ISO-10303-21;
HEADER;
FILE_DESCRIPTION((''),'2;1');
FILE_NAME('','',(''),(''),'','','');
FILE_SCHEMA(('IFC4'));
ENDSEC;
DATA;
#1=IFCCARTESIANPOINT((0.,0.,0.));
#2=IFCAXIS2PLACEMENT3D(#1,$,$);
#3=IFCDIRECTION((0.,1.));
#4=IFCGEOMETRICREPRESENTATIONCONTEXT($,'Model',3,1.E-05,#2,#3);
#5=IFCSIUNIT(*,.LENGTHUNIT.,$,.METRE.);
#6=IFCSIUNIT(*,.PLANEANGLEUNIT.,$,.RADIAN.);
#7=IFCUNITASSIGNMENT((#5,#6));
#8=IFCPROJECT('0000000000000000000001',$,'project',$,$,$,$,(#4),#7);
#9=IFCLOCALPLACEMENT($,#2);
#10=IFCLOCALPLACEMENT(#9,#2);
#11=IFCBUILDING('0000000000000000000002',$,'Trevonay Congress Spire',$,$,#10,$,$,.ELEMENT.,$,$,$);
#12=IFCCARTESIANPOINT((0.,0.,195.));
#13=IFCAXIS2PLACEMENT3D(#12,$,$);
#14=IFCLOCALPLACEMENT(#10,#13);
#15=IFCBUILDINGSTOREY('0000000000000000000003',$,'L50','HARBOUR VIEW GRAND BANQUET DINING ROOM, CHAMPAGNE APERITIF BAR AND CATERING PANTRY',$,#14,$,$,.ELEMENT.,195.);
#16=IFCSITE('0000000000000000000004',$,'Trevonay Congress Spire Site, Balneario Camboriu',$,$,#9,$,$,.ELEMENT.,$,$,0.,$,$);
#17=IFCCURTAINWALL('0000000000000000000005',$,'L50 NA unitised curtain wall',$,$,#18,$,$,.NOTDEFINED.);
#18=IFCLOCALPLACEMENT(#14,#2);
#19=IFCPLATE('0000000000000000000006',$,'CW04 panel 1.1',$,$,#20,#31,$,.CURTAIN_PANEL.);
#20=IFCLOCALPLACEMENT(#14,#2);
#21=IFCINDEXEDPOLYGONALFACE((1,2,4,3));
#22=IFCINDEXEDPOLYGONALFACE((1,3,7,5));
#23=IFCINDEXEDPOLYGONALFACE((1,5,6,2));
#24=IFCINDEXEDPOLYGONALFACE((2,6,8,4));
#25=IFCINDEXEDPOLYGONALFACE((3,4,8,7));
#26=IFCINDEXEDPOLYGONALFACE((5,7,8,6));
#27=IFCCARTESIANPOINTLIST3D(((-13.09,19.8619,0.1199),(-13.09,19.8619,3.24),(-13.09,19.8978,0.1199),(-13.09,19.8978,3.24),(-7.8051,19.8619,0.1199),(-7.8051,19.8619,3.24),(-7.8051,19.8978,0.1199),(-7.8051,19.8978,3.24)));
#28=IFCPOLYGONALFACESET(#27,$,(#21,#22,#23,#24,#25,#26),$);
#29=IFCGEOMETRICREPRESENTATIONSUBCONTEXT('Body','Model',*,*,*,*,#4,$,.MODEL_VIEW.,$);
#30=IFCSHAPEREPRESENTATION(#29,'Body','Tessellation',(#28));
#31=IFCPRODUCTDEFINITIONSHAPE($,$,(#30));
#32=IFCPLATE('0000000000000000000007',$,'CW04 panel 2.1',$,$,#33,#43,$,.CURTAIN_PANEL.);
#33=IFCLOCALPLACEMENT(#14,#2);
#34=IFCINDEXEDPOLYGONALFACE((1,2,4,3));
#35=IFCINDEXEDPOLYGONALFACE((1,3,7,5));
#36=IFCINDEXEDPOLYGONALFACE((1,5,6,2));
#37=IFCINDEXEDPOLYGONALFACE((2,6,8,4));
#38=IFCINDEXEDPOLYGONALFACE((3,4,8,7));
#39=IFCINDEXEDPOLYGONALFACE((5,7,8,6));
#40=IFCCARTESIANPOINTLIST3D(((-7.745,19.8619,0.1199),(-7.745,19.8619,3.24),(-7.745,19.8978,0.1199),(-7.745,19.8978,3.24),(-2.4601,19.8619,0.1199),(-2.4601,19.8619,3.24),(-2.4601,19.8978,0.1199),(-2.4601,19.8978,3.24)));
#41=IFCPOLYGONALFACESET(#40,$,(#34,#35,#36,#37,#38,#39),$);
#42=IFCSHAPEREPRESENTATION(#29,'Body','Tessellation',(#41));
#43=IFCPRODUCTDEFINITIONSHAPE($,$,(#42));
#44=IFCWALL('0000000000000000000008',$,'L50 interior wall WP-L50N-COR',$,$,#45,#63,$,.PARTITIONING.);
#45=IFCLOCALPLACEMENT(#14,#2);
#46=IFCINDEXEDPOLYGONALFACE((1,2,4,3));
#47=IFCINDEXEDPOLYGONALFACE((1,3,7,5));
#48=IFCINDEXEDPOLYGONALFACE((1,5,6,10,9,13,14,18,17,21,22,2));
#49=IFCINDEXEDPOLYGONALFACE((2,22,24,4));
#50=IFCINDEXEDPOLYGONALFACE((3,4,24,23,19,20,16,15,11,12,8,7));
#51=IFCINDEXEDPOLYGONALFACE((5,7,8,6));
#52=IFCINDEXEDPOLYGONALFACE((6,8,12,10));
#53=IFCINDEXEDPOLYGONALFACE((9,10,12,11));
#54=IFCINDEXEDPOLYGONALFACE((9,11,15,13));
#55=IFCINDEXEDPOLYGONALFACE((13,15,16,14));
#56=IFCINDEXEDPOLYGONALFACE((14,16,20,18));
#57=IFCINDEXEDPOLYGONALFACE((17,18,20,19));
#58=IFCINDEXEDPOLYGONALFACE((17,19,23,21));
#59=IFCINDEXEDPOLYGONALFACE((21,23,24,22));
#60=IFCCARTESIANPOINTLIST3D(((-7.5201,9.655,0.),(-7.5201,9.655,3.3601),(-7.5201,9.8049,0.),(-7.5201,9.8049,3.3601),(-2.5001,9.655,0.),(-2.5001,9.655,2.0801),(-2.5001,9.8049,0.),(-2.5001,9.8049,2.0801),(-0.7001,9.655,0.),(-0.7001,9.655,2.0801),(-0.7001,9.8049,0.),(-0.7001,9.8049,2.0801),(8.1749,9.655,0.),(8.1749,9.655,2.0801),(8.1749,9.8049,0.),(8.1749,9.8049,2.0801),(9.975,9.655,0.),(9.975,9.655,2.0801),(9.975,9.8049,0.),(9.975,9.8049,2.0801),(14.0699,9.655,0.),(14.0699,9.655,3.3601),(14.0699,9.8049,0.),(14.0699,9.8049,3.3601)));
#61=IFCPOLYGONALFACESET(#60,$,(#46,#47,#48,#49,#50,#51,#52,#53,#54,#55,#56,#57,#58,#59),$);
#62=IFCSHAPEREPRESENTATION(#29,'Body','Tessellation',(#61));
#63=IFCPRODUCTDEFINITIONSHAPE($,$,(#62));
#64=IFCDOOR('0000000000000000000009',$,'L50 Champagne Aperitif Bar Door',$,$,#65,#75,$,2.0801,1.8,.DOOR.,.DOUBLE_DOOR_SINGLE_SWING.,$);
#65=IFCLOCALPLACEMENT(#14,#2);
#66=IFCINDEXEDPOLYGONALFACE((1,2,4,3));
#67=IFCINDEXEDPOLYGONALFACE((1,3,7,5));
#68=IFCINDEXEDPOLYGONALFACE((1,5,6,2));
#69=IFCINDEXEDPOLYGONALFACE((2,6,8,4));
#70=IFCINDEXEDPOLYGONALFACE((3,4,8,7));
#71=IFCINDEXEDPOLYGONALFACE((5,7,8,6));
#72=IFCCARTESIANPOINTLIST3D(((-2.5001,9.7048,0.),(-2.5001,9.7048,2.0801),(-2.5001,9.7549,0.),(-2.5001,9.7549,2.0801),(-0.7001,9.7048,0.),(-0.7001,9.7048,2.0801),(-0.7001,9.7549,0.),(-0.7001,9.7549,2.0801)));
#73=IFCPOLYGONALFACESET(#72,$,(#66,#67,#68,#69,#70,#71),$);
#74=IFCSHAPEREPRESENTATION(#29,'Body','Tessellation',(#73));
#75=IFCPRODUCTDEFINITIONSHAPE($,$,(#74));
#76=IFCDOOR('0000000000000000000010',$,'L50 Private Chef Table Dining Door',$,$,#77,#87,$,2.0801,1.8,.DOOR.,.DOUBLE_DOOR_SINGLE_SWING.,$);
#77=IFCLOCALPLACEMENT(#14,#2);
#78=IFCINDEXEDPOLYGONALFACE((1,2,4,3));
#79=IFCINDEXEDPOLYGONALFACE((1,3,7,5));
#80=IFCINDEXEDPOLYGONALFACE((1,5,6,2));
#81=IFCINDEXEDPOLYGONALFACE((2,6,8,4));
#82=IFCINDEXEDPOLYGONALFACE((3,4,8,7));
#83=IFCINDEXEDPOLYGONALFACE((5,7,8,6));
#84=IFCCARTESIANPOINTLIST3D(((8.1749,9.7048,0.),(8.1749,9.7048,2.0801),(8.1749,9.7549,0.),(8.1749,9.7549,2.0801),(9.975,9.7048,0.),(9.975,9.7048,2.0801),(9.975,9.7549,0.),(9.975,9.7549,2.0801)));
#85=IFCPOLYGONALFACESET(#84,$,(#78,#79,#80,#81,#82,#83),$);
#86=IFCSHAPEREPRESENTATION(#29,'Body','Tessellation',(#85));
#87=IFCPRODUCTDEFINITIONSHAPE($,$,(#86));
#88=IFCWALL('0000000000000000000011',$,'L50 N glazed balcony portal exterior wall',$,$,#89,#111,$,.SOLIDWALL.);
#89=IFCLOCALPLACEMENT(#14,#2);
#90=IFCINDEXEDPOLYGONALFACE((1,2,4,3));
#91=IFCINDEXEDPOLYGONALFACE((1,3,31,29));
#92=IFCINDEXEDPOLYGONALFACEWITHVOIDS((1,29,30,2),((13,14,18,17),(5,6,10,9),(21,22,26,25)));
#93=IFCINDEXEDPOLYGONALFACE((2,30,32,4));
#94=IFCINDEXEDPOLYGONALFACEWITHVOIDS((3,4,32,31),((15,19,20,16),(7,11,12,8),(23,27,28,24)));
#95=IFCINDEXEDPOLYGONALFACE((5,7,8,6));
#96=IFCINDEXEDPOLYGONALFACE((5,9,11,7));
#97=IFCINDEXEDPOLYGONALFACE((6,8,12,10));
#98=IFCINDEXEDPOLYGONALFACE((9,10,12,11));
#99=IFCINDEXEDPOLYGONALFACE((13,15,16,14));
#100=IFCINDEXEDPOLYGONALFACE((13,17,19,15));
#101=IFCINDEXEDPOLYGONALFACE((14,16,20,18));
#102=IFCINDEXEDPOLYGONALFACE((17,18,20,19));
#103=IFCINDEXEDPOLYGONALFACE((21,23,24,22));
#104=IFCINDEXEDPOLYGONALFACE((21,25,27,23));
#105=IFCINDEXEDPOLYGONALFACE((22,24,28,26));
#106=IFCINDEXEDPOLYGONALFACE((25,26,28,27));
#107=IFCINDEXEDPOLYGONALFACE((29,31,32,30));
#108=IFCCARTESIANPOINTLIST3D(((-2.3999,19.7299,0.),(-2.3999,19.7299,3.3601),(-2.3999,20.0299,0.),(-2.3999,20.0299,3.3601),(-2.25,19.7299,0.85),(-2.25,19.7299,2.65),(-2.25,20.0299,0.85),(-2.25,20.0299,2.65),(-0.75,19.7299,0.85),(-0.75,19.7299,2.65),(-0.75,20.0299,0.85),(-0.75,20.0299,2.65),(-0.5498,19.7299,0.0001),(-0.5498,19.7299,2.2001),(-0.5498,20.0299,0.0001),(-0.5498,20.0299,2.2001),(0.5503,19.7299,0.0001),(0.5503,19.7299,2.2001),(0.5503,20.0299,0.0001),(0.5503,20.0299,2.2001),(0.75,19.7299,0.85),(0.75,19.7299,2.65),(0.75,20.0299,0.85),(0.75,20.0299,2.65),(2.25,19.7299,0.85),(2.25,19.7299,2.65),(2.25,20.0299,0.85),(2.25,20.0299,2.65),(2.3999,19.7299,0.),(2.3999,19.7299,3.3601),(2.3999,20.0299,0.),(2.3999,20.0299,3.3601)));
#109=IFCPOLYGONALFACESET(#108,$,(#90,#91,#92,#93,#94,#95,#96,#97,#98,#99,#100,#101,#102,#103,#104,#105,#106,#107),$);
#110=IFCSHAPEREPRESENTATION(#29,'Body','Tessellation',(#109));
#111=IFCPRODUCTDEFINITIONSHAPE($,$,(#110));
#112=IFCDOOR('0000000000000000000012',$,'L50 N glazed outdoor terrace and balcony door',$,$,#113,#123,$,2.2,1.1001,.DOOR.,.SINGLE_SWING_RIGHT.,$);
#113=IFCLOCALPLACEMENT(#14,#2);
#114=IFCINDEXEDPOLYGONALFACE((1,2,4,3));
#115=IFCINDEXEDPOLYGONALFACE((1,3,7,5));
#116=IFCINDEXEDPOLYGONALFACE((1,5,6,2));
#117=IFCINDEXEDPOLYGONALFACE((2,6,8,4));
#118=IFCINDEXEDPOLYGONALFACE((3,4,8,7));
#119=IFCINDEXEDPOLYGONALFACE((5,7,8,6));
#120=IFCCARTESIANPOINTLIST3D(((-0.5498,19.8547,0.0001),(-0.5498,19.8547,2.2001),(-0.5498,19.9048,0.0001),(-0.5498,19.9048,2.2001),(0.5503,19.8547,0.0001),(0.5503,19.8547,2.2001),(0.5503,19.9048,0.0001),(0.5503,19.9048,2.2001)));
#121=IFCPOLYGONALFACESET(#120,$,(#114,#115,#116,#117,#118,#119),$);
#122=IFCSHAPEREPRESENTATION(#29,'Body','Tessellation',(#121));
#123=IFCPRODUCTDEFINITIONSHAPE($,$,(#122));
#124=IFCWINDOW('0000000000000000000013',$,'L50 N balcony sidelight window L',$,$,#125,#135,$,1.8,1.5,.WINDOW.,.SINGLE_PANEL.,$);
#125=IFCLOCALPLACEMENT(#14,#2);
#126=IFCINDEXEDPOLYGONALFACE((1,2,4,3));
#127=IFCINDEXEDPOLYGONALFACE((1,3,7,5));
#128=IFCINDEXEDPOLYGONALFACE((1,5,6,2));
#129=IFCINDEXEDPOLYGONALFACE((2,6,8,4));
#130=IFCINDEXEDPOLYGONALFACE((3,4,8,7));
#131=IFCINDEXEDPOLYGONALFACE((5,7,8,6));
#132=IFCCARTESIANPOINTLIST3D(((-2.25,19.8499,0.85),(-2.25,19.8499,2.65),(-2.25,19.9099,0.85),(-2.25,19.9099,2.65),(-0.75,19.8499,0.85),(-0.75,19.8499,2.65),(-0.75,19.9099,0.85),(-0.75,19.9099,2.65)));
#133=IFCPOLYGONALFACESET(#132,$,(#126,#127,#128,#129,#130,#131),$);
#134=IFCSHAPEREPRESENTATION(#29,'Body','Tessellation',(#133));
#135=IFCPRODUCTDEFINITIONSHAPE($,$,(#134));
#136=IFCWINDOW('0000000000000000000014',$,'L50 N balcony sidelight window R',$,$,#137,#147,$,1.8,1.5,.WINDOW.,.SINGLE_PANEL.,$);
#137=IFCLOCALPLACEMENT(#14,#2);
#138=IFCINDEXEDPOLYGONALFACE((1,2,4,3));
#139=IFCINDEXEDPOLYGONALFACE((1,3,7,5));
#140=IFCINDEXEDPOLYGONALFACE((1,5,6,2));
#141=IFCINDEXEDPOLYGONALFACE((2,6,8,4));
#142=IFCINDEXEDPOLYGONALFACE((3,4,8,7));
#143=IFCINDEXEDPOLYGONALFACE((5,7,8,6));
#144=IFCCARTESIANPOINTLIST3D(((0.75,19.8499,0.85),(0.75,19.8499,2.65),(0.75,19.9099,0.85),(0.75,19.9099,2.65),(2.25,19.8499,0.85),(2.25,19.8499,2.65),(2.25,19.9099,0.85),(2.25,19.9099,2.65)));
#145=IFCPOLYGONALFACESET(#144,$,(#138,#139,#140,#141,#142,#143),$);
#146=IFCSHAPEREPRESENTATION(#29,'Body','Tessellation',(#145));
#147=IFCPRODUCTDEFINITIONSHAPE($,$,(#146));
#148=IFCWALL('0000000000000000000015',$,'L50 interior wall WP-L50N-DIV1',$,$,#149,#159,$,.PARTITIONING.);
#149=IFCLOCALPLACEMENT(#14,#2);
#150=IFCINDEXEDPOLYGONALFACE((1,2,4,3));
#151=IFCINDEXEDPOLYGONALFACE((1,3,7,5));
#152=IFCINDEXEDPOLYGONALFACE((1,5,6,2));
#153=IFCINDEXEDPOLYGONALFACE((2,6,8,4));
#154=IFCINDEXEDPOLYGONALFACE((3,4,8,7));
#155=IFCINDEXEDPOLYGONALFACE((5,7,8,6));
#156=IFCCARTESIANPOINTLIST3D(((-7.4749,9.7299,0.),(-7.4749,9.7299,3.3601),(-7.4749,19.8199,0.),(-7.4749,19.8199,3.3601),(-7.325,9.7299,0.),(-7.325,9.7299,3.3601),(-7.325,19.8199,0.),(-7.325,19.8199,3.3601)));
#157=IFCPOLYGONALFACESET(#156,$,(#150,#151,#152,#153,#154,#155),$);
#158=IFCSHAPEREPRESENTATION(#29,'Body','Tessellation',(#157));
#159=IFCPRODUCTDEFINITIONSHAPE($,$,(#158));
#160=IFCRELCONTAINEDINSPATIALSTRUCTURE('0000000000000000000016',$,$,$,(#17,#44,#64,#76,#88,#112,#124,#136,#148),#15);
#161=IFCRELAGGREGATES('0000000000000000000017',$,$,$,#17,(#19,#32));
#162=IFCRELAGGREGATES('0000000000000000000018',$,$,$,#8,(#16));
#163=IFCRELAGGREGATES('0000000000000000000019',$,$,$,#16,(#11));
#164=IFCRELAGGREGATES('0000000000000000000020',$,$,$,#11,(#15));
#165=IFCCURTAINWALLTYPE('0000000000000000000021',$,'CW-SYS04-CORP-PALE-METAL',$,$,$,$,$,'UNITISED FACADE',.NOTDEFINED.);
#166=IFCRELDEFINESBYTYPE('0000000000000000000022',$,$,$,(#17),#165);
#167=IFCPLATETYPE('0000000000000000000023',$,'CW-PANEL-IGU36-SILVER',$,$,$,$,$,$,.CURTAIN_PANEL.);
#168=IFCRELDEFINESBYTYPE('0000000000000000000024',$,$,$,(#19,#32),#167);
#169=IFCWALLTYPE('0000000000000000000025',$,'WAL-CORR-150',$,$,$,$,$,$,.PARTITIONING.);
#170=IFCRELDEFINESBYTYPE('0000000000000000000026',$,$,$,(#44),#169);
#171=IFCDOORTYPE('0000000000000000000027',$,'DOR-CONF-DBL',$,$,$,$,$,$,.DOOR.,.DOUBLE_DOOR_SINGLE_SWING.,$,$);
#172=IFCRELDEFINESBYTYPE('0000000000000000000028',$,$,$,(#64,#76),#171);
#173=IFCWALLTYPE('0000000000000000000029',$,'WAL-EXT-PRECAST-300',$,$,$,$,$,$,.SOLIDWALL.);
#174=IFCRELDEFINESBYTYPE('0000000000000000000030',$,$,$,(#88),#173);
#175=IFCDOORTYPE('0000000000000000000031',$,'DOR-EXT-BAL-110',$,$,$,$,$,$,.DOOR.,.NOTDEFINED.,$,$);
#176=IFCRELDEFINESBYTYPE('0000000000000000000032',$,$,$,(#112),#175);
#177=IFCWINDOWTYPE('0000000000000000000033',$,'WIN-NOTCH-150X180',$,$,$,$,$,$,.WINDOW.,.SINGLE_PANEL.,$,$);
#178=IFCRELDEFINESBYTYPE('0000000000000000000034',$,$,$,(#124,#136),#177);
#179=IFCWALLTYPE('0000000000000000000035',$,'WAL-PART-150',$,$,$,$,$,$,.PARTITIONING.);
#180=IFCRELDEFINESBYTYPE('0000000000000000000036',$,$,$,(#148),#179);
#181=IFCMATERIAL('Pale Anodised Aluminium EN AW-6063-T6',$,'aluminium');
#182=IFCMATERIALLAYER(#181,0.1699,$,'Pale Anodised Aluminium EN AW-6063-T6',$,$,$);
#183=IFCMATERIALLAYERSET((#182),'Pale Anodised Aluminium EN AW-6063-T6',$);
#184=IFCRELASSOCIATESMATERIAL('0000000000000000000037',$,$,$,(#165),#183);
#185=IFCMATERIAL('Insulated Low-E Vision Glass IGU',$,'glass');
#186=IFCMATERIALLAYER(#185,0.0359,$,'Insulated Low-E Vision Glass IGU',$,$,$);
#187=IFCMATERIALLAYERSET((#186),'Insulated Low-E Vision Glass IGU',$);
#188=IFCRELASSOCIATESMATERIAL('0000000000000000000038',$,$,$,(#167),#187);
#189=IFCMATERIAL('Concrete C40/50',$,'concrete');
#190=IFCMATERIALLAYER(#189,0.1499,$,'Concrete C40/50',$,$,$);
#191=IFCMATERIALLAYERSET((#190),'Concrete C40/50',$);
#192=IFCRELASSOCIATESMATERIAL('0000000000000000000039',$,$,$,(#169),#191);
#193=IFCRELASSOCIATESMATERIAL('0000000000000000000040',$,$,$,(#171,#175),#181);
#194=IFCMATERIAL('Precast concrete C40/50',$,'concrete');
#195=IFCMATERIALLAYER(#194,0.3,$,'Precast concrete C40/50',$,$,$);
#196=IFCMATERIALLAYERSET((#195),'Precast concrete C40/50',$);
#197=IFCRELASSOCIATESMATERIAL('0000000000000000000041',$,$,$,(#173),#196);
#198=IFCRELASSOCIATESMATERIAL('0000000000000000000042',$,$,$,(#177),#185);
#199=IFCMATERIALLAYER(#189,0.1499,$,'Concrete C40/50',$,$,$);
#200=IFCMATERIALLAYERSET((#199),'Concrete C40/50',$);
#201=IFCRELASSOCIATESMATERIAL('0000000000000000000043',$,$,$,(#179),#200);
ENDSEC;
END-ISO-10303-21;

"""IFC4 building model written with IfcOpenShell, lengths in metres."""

from ifc_helpers import new_model, si_unit, direction, frame, frame_2d, origin, origin_2d, place, context, subcontext, project, spatial, rectangle, extrude, material, layer, layer_set, type_object, element, fill, aggregate, save


model = new_model("IFC4")

# Units and contexts
model_context = context("Model", 3, precision=1e-05, world=origin(), true_north=direction((0.0, 1.0)))
body_context = subcontext(model_context, "Body", "Model", "MODEL_VIEW")
ifc_project = project(units=[si_unit("LENGTHUNIT", "METRE"), si_unit("PLANEANGLEUNIT", "RADIAN")], contexts=[model_context])

# Site, building, storey
site_placement = place(None, origin())
site = spatial("IfcSite", under=ifc_project, at=site_placement, Name="Trevonay Congress Spire Site, Balneario Camboriu", CompositionType="ELEMENT", RefElevation=0.0)
building_placement = place(site_placement, origin())
building = spatial("IfcBuilding", under=site, at=building_placement, Name="Trevonay Congress Spire", CompositionType="ELEMENT")
storey_placement = place(building_placement, frame((0.0, 0.0, 195.0)))
storey = spatial("IfcBuildingStorey", under=building, at=storey_placement, Name="L50", Description="HARBOUR VIEW GRAND BANQUET DINING ROOM, CHAMPAGNE APERITIF BAR AND CATERING PANTRY", CompositionType="ELEMENT", Elevation=195.0)

# Curtain wall, plates
ifc_material_1 = material(Name="Pale Anodised Aluminium EN AW-6063-T6", Category="aluminium")
ifc_layer_1 = layer(ifc_material_1, 0.1699, Name="Pale Anodised Aluminium EN AW-6063-T6")
ifc_layer_set_1 = layer_set([ifc_layer_1], Name="Pale Anodised Aluminium EN AW-6063-T6")
curtain_wall_type = type_object("IfcCurtainWallType", Name="CW-SYS04-CORP-PALE-METAL", ElementType="UNITISED FACADE", PredefinedType="NOTDEFINED", material=ifc_layer_set_1)
curtain_wall_placement = place(storey_placement, origin())
curtain_wall = element("IfcCurtainWall", 1, at=curtain_wall_placement, inside=storey, type_object=curtain_wall_type, Name="L50 NA unitised curtain wall", PredefinedType="NOTDEFINED")
ifc_material_2 = material(Name="Insulated Low-E Vision Glass IGU", Category="glass")
ifc_layer_2 = layer(ifc_material_2, 0.0359, Name="Insulated Low-E Vision Glass IGU")
ifc_layer_set_2 = layer_set([ifc_layer_2], Name="Insulated Low-E Vision Glass IGU")
plate_type = type_object("IfcPlateType", Name="CW-PANEL-IGU36-SILVER", PredefinedType="CURTAIN_PANEL", material=ifc_layer_set_2)
plate_1_placement = place(storey_placement, frame((-10.4475, 19.8799, 0.1199), z_axis=(0.0, 0.0, 1.0), x_axis=(1.0, 0.0, 0.0)))
plate_1 = element("IfcPlate", 2, at=plate_1_placement, type_object=plate_type, Name="CW04 panel 1.1", PredefinedType="CURTAIN_PANEL", context=body_context, shape_type="SweptSolid", body=[
    extrude(rectangle(XDim=5.2849, YDim=0.0359, at=origin_2d()), origin(), (0.0, 0.0, 1.0), 3.1201),
])
plate_2_placement = place(storey_placement, frame((-5.1025, 19.8799, 0.1199), z_axis=(0.0, 0.0, 1.0), x_axis=(1.0, 0.0, 0.0)))
plate_2 = element("IfcPlate", 3, at=plate_2_placement, type_object=plate_type, Name="CW04 panel 2.1", PredefinedType="CURTAIN_PANEL", context=body_context, shape_type="SweptSolid", body=[
    extrude(rectangle(XDim=5.2849, YDim=0.0359, at=origin_2d()), origin(), (0.0, 0.0, 1.0), 3.1201),
])
aggregate(curtain_wall, [plate_1, plate_2])

# Wall, openings, doors
ifc_material_3 = material(Name="Concrete C40/50", Category="concrete")
ifc_layer_3 = layer(ifc_material_3, 0.1499, Name="Concrete C40/50")
ifc_layer_set_3 = layer_set([ifc_layer_3], Name="Concrete C40/50")
wall_type_1 = type_object("IfcWallType", Name="WAL-CORR-150", PredefinedType="PARTITIONING", material=ifc_layer_set_3)
wall_1_placement = place(storey_placement, frame((-7.52, 9.73, 0.0), z_axis=(0.0, 0.0, 1.0), x_axis=(1.0, 0.0, 0.0)))
wall_1 = element("IfcWall", 4, at=wall_1_placement, inside=storey, type_object=wall_type_1, Name="L50 interior wall WP-L50N-COR", PredefinedType="PARTITIONING", context=body_context, shape_type="SweptSolid", body=[
    extrude(rectangle(XDim=21.5901, YDim=0.1499, at=frame_2d((10.7949, 0.0))), origin(), (0.0, 0.0, 1.0), 3.3601),
])
opening_1_placement = place(wall_1_placement, frame((5.02, 0.0, 0.0)))
opening_1 = element("IfcOpeningElement", 5, at=opening_1_placement, cuts=wall_1, PredefinedType="OPENING", context=body_context, shape_type="SweptSolid", body=[
    extrude(rectangle(XDim=1.8, YDim=2.0801, at=frame_2d((0.8999, 1.04))), frame((0.0, 0.085, 0.0), z_axis=(0.0, -1.0, 0.0), x_axis=(1.0, 0.0, 0.0)), (0.0, 0.0, 1.0), 0.1699),
])
opening_2_placement = place(wall_1_placement, frame((15.6951, 0.0, 0.0)))
opening_2 = element("IfcOpeningElement", 6, at=opening_2_placement, cuts=wall_1, PredefinedType="OPENING", context=body_context, shape_type="SweptSolid", body=[
    extrude(rectangle(XDim=1.8, YDim=2.0801, at=frame_2d((0.8999, 1.04))), frame((0.0, 0.085, 0.0), z_axis=(0.0, -1.0, 0.0), x_axis=(1.0, 0.0, 0.0)), (0.0, 0.0, 1.0), 0.1699),
])
door_type_1 = type_object("IfcDoorType", Name="DOR-CONF-DBL", OperationType="DOUBLE_DOOR_SINGLE_SWING", PredefinedType="DOOR", material=ifc_material_1)
door_1_placement = place(opening_1_placement, origin())
door_1 = element("IfcDoor", 7, at=door_1_placement, inside=storey, type_object=door_type_1, Name="L50 Champagne Aperitif Bar Door", OperationType="DOUBLE_DOOR_SINGLE_SWING", OverallHeight=2.0801, OverallWidth=1.8, PredefinedType="DOOR", context=body_context, shape_type="SweptSolid", body=[
    extrude(rectangle(XDim=1.8, YDim=2.0801, at=frame_2d((0.8999, 1.04))), frame((0.0, 0.0249, 0.0), z_axis=(0.0, -1.0, 0.0), x_axis=(1.0, 0.0, 0.0)), (0.0, 0.0, 1.0), 0.05),
])
fill(opening_1, door_1)
door_2_placement = place(opening_2_placement, origin())
door_2 = element("IfcDoor", 8, at=door_2_placement, inside=storey, type_object=door_type_1, Name="L50 Private Chef Table Dining Door", OperationType="DOUBLE_DOOR_SINGLE_SWING", OverallHeight=2.0801, OverallWidth=1.8, PredefinedType="DOOR", context=body_context, shape_type="SweptSolid", body=[
    extrude(rectangle(XDim=1.8, YDim=2.0801, at=frame_2d((0.8999, 1.04))), frame((0.0, 0.0249, 0.0), z_axis=(0.0, -1.0, 0.0), x_axis=(1.0, 0.0, 0.0)), (0.0, 0.0, 1.0), 0.05),
])
fill(opening_2, door_2)

# Wall, openings, door, windows
ifc_material_4 = material(Name="Precast concrete C40/50", Category="concrete")
ifc_layer_4 = layer(ifc_material_4, 0.3, Name="Precast concrete C40/50")
ifc_layer_set_4 = layer_set([ifc_layer_4], Name="Precast concrete C40/50")
wall_type_2 = type_object("IfcWallType", Name="WAL-EXT-PRECAST-300", PredefinedType="SOLIDWALL", material=ifc_layer_set_4)
wall_2_placement = place(storey_placement, frame((-2.3999, 19.8799, 0.0), z_axis=(0.0, 0.0, 1.0), x_axis=(1.0, 0.0, 0.0)))
wall_2 = element("IfcWall", 9, at=wall_2_placement, inside=storey, type_object=wall_type_2, Name="L50 N glazed balcony portal exterior wall", PredefinedType="SOLIDWALL", context=body_context, shape_type="SweptSolid", body=[
    extrude(rectangle(XDim=4.7998, YDim=0.3, at=frame_2d((2.3999, 0.0))), origin(), (0.0, 0.0, 1.0), 3.3601),
])
opening_3_placement = place(wall_2_placement, frame((1.8501, 0.0, 0.0)))
opening_3 = element("IfcOpeningElement", 10, at=opening_3_placement, cuts=wall_2, PredefinedType="OPENING", context=body_context, shape_type="SweptSolid", body=[
    extrude(rectangle(XDim=1.1001, YDim=2.2, at=frame_2d((0.55, 1.1001))), frame((0.0, 0.1602, 0.0), z_axis=(0.0, -1.0, 0.0), x_axis=(1.0, 0.0, 0.0)), (0.0, 0.0, 1.0), 0.3201),
])
opening_4_placement = place(wall_2_placement, frame((0.1499, 0.0, 0.8501)))
opening_4 = element("IfcOpeningElement", 11, at=opening_4_placement, cuts=wall_2, PredefinedType="OPENING", context=body_context, shape_type="SweptSolid", body=[
    extrude(rectangle(XDim=1.5, YDim=1.8, at=frame_2d((0.75, 0.8999))), frame((0.0, 0.1602, 0.0), z_axis=(0.0, -1.0, 0.0), x_axis=(1.0, 0.0, 0.0)), (0.0, 0.0, 1.0), 0.3201),
])
opening_5_placement = place(wall_2_placement, frame((3.1499, 0.0, 0.8501)))
opening_5 = element("IfcOpeningElement", 12, at=opening_5_placement, cuts=wall_2, PredefinedType="OPENING", context=body_context, shape_type="SweptSolid", body=[
    extrude(rectangle(XDim=1.5, YDim=1.8, at=frame_2d((0.75, 0.8999))), frame((0.0, 0.1602, 0.0), z_axis=(0.0, -1.0, 0.0), x_axis=(1.0, 0.0, 0.0)), (0.0, 0.0, 1.0), 0.3201),
])
door_type_2 = type_object("IfcDoorType", Name="DOR-EXT-BAL-110", OperationType="NOTDEFINED", PredefinedType="DOOR", material=ifc_material_1)
door_3_placement = place(opening_3_placement, origin())
door_3 = element("IfcDoor", 13, at=door_3_placement, inside=storey, type_object=door_type_2, Name="L50 N glazed outdoor terrace and balcony door", OperationType="SINGLE_SWING_RIGHT", OverallHeight=2.2, OverallWidth=1.1001, PredefinedType="DOOR", context=body_context, shape_type="SweptSolid", body=[
    extrude(rectangle(XDim=1.1001, YDim=2.2, at=frame_2d((0.55, 1.1001))), frame((0.0, 0.0249, 0.0), z_axis=(0.0, -1.0, 0.0), x_axis=(1.0, 0.0, 0.0)), (0.0, 0.0, 1.0), 0.05),
])
fill(opening_3, door_3)
window_type = type_object("IfcWindowType", Name="WIN-NOTCH-150X180", PartitioningType="SINGLE_PANEL", PredefinedType="WINDOW", material=ifc_material_2)
window_1_placement = place(opening_4_placement, origin())
window_1 = element("IfcWindow", 14, at=window_1_placement, inside=storey, type_object=window_type, Name="L50 N balcony sidelight window L", OverallHeight=1.8, OverallWidth=1.5, PartitioningType="SINGLE_PANEL", PredefinedType="WINDOW", context=body_context, shape_type="SweptSolid", body=[
    extrude(rectangle(XDim=1.5, YDim=1.8, at=frame_2d((0.75, 0.8999))), frame((0.0, 0.03, 0.0), z_axis=(0.0, -1.0, 0.0), x_axis=(1.0, 0.0, 0.0)), (0.0, 0.0, 1.0), 0.0601),
])
fill(opening_4, window_1)
window_2_placement = place(opening_5_placement, origin())
window_2 = element("IfcWindow", 15, at=window_2_placement, inside=storey, type_object=window_type, Name="L50 N balcony sidelight window R", OverallHeight=1.8, OverallWidth=1.5, PartitioningType="SINGLE_PANEL", PredefinedType="WINDOW", context=body_context, shape_type="SweptSolid", body=[
    extrude(rectangle(XDim=1.5, YDim=1.8, at=frame_2d((0.75, 0.8999))), frame((0.0, 0.03, 0.0), z_axis=(0.0, -1.0, 0.0), x_axis=(1.0, 0.0, 0.0)), (0.0, 0.0, 1.0), 0.0601),
])
fill(opening_5, window_2)

# Wall
ifc_layer_5 = layer(ifc_material_3, 0.1499, Name="Concrete C40/50")
ifc_layer_set_5 = layer_set([ifc_layer_5], Name="Concrete C40/50")
wall_type_3 = type_object("IfcWallType", Name="WAL-PART-150", PredefinedType="PARTITIONING", material=ifc_layer_set_5)
wall_3_placement = place(storey_placement, frame((-7.3999, 9.73, 0.0), z_axis=(0.0, 0.0, 1.0), x_axis=(0.0, 1.0, 0.0)))
element("IfcWall", 16, at=wall_3_placement, inside=storey, type_object=wall_type_3, Name="L50 interior wall WP-L50N-DIV1", PredefinedType="PARTITIONING", context=body_context, shape_type="SweptSolid", body=[
    extrude(rectangle(XDim=10.0901, YDim=0.1499, at=frame_2d((5.0449, 0.0))), origin(), (0.0, 0.0, 1.0), 3.3601),
])

save(model, "model.ifc")
